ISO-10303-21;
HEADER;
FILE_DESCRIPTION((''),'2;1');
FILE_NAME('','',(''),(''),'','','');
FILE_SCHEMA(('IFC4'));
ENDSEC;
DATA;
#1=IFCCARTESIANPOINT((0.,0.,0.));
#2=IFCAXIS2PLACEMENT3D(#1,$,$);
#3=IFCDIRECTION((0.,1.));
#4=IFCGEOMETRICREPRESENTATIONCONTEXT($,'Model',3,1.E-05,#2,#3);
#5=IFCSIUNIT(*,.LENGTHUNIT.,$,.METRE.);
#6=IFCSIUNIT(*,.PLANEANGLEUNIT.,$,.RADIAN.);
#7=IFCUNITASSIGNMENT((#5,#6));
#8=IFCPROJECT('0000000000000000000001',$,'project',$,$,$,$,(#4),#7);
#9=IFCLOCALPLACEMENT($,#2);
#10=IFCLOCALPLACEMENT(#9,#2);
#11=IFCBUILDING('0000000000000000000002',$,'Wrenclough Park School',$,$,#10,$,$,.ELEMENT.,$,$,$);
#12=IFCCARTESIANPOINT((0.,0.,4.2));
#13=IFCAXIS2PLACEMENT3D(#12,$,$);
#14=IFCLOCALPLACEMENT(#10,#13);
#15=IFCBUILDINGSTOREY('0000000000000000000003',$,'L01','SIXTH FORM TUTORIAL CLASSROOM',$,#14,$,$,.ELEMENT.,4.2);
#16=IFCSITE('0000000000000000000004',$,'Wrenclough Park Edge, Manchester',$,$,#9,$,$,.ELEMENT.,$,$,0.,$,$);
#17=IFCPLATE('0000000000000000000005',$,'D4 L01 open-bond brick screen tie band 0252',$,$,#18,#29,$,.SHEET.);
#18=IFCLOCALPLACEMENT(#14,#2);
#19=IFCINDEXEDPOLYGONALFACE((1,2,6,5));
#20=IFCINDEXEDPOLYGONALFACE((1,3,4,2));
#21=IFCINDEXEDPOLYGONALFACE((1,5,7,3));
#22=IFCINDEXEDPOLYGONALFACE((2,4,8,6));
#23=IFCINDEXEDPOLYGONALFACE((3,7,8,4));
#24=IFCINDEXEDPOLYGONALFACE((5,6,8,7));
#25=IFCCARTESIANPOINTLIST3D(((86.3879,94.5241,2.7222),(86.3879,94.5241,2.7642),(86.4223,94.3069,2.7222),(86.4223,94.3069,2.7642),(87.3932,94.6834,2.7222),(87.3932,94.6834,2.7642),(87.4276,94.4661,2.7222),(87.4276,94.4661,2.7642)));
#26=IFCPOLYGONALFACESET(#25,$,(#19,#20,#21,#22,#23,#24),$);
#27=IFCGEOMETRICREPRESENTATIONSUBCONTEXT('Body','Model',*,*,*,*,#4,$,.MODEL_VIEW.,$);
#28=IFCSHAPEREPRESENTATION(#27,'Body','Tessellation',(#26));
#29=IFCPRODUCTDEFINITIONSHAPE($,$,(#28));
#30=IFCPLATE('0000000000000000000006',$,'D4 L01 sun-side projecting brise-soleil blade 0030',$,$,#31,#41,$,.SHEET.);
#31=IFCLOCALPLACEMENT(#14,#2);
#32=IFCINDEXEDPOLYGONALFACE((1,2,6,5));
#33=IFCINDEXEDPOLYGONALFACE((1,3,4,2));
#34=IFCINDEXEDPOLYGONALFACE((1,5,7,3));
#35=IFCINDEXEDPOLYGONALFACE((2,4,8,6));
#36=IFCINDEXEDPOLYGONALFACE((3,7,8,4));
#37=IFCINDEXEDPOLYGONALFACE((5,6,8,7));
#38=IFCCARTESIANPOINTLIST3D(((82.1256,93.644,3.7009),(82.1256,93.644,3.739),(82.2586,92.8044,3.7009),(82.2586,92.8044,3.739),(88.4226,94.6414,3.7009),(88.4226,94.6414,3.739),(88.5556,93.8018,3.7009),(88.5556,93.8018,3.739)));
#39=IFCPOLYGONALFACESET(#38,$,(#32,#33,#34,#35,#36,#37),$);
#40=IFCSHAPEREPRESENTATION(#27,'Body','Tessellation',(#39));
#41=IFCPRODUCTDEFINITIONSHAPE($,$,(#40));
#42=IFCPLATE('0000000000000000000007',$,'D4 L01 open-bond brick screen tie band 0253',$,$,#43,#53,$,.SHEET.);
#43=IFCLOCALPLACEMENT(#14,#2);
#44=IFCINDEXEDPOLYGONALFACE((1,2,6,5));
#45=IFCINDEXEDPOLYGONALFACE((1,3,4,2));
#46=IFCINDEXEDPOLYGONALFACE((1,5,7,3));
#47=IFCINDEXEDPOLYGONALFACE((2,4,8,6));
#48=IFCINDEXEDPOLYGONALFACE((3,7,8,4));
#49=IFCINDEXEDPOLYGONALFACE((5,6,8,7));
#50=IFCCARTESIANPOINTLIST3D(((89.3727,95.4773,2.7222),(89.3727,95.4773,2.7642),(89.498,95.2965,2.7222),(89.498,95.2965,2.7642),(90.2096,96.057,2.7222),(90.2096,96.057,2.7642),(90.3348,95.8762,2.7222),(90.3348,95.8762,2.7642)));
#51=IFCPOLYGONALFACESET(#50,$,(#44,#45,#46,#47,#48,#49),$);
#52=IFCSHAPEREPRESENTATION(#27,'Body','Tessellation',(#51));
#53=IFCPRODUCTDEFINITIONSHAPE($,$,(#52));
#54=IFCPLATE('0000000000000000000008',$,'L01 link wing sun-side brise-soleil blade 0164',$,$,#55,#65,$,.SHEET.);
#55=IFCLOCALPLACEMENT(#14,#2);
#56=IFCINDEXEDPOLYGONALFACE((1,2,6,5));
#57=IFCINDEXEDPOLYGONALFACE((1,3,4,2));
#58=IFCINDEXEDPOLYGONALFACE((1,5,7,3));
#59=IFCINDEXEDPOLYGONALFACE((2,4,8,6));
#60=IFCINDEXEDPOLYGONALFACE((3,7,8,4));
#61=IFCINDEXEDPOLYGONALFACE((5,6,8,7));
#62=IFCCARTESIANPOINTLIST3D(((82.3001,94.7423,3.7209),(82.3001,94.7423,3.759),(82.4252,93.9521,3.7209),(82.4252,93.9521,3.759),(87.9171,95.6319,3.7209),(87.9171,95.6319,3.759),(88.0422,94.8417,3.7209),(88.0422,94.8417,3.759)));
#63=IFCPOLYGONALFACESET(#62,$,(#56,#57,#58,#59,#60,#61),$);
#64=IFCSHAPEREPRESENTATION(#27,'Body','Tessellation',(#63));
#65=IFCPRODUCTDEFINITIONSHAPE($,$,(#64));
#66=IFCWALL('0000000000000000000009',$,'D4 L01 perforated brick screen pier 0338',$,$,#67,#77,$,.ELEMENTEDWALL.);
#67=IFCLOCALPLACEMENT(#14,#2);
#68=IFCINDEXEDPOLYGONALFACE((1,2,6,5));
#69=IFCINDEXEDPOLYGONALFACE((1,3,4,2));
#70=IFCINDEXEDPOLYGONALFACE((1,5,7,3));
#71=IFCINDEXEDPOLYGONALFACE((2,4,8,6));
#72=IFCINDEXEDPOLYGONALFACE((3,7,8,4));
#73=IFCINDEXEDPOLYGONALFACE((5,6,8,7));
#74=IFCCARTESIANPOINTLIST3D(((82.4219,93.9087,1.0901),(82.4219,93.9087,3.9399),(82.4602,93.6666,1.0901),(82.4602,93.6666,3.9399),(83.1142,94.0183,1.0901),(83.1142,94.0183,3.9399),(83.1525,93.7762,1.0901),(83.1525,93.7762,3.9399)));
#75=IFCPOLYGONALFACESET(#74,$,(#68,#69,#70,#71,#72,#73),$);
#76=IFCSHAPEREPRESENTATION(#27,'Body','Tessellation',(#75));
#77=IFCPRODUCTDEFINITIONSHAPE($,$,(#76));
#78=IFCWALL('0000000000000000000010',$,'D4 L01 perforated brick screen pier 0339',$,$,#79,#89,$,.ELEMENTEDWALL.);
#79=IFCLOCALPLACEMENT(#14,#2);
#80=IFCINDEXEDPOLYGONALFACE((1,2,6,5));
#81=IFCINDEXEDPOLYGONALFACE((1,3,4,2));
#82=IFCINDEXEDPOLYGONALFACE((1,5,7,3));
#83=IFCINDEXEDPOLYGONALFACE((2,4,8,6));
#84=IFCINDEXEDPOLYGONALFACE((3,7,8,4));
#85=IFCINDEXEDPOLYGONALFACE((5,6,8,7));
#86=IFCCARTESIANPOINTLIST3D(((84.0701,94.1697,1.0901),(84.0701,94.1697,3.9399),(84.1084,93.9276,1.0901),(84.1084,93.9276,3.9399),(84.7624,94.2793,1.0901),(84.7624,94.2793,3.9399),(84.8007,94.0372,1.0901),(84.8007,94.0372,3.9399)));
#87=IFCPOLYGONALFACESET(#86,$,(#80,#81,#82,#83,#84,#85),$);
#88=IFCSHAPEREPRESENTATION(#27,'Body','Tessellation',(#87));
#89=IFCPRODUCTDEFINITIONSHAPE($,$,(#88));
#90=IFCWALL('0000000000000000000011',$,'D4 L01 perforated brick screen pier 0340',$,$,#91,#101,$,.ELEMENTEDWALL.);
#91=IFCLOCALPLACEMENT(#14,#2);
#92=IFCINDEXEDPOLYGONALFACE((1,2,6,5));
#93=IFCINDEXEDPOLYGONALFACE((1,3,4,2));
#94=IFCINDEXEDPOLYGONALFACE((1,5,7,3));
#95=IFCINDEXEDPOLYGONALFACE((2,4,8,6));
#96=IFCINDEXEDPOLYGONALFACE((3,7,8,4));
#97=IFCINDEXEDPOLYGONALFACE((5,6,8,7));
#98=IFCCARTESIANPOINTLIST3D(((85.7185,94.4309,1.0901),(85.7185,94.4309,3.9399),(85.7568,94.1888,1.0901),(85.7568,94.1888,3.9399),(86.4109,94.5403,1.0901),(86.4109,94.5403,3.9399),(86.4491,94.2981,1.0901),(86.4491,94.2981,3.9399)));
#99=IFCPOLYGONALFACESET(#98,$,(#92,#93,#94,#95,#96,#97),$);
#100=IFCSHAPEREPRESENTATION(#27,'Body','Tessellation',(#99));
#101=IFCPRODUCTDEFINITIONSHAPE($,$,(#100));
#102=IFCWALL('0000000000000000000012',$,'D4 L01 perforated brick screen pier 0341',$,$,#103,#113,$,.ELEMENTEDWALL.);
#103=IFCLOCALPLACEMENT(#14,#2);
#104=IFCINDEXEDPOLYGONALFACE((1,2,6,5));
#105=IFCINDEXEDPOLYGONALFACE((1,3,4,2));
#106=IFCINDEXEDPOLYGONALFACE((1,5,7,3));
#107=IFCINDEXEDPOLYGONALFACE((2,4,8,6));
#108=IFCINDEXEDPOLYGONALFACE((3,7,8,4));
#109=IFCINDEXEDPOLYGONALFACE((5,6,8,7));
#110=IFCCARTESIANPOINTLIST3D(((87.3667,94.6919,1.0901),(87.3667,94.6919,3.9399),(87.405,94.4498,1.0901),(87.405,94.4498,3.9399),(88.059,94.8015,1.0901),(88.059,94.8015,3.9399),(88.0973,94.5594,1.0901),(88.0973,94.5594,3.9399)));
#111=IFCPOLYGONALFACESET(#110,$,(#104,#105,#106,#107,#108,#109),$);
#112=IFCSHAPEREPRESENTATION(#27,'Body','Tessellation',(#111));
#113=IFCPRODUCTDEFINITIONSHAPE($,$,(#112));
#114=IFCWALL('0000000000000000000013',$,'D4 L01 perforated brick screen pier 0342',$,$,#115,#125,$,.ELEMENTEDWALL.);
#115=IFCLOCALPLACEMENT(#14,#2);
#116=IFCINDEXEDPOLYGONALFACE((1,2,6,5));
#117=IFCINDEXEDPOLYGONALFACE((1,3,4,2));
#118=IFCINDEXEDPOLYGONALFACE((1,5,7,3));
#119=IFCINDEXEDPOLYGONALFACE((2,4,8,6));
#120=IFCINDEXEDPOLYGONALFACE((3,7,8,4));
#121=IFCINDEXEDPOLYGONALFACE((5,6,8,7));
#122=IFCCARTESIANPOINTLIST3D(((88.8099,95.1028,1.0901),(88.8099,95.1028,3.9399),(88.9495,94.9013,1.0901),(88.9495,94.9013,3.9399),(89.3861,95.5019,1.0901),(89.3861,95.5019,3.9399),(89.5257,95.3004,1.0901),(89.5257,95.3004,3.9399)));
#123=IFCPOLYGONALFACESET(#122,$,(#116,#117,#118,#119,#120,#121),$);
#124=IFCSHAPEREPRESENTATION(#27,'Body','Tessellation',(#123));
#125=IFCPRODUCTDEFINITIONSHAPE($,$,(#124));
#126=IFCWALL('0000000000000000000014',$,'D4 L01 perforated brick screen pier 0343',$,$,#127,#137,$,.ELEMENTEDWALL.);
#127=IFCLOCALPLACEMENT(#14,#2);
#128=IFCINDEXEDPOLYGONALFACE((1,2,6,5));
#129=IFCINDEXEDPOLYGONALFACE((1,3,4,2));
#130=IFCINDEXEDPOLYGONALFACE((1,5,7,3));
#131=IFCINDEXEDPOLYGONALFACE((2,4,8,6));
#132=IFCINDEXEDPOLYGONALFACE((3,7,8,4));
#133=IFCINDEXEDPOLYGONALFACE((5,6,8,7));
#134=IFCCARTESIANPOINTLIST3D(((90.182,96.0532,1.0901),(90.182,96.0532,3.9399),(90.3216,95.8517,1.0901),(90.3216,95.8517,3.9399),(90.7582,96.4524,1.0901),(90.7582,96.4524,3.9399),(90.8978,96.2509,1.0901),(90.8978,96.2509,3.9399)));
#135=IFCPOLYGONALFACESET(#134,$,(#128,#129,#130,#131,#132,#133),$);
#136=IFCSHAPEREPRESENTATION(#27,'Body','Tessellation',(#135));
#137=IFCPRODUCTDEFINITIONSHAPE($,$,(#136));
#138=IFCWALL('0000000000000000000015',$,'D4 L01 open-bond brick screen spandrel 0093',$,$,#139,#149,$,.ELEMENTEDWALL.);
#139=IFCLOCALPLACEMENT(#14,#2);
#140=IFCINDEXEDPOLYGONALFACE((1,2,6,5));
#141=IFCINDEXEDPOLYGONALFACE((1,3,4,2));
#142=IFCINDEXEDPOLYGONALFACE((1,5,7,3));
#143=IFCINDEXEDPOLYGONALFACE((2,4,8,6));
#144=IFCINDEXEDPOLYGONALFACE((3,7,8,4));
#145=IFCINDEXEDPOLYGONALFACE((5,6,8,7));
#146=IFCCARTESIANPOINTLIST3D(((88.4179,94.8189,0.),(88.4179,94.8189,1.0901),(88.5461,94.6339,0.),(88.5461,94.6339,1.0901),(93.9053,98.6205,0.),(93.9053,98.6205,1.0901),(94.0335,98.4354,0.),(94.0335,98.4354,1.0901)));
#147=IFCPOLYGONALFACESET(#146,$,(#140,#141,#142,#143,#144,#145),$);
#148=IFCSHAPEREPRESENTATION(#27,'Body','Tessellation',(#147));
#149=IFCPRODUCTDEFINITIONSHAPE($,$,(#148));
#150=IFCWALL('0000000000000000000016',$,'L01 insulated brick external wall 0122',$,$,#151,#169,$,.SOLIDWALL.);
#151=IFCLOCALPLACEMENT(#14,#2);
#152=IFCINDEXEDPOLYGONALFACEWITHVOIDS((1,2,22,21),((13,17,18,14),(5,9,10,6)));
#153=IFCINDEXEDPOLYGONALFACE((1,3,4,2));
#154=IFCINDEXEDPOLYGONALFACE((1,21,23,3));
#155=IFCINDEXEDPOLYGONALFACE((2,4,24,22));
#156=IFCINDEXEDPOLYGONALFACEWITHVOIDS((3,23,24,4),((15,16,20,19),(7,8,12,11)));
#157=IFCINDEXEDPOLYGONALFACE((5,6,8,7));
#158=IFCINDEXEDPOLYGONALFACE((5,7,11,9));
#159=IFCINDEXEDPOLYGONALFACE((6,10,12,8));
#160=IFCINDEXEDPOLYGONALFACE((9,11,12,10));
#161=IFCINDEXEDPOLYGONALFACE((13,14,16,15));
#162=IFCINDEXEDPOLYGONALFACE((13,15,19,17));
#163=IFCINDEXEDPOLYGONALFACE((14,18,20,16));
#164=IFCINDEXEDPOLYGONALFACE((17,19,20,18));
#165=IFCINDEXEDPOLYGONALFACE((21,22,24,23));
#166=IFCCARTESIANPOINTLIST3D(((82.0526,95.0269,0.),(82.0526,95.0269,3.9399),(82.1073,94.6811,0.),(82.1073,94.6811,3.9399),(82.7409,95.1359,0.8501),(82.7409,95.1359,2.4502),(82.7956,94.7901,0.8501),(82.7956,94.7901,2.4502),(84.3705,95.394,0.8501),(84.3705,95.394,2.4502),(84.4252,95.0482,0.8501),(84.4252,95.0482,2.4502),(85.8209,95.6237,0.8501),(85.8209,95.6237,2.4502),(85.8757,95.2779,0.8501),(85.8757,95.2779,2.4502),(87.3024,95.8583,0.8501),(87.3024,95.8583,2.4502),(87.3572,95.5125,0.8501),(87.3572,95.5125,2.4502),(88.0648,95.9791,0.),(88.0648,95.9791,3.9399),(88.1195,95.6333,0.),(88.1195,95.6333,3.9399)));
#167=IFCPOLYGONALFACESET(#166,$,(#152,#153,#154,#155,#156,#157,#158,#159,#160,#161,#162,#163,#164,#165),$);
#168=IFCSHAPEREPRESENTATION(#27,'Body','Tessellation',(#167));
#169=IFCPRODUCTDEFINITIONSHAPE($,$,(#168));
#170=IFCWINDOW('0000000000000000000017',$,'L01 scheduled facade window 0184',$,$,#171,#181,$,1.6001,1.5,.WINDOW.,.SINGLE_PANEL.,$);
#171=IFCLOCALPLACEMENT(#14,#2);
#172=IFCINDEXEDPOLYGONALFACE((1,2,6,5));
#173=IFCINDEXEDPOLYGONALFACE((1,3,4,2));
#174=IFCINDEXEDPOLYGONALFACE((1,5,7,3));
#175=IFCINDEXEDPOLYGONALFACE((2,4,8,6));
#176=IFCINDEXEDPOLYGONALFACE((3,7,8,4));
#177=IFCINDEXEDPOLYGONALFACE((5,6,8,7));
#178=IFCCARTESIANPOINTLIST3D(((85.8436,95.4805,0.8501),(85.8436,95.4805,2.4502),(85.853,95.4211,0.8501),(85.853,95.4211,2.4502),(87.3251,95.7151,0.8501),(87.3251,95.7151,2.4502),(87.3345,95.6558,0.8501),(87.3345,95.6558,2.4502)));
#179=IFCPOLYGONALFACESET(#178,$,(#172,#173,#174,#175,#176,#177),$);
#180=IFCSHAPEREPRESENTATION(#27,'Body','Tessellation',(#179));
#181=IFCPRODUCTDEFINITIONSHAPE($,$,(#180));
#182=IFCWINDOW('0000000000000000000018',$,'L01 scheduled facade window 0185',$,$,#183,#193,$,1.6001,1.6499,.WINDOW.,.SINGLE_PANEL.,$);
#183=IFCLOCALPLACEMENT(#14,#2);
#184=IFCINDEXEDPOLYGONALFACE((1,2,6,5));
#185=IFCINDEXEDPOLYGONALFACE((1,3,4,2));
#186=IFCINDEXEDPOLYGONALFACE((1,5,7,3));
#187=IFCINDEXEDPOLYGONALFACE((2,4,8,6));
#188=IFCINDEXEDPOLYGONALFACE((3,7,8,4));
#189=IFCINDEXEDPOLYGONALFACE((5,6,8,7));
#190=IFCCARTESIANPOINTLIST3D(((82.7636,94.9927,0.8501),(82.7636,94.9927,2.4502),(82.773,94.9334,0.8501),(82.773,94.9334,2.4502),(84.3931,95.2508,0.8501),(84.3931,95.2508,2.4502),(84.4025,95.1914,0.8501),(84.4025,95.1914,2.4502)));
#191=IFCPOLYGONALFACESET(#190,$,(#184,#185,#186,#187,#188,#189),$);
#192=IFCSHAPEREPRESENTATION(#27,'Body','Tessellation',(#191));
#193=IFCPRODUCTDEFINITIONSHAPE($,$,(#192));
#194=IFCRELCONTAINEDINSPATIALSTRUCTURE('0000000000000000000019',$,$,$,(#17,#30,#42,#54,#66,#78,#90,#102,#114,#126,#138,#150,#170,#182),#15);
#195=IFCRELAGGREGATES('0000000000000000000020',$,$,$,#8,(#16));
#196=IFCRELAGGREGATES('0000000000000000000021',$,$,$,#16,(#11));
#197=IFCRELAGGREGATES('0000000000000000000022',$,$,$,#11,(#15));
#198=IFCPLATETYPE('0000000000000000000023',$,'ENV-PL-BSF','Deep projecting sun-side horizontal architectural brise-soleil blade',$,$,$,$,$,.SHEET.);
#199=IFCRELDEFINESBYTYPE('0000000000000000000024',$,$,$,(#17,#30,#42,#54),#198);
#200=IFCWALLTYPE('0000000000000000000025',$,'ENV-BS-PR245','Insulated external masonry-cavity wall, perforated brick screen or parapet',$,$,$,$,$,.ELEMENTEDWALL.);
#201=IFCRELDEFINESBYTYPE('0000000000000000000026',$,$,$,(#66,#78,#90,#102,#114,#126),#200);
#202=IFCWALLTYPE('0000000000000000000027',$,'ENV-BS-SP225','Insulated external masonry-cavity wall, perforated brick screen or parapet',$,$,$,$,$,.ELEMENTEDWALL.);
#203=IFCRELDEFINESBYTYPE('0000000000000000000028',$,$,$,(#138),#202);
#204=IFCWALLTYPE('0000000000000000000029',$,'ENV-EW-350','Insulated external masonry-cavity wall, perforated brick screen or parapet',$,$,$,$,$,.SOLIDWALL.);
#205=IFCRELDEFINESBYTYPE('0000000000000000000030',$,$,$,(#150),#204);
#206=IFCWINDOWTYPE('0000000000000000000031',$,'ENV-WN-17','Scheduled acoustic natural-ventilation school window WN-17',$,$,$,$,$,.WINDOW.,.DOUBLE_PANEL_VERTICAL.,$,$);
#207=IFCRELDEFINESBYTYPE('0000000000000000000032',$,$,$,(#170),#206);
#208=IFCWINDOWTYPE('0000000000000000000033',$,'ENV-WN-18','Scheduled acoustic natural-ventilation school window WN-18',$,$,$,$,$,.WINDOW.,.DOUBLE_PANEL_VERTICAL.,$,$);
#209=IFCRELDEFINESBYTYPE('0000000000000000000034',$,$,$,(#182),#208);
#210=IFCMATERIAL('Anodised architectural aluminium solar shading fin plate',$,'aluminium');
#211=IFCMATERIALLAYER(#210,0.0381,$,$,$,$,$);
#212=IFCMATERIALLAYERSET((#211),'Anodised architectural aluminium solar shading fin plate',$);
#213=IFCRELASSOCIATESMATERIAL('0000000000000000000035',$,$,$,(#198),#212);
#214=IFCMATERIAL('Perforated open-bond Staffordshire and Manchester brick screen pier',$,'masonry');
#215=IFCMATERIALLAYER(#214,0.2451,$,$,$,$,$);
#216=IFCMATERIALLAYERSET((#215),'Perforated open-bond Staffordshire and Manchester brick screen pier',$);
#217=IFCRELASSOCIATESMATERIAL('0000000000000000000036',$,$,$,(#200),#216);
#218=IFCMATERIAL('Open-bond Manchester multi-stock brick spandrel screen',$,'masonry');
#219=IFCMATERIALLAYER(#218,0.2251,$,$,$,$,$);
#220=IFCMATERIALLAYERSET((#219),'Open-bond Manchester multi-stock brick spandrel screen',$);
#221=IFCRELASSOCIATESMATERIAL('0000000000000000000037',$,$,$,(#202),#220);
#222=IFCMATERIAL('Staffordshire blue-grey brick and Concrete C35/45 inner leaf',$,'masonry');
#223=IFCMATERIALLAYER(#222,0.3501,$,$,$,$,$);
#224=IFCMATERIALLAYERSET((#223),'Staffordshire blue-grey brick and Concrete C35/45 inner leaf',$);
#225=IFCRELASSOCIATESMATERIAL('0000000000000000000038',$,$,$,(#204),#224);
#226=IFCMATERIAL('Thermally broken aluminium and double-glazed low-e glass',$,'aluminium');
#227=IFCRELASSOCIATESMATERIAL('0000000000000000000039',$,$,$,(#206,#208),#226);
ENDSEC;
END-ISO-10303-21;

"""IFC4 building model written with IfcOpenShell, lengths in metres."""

from ifc_helpers import new_model, si_unit, direction, frame, frame_2d, origin, origin_2d, place, context, subcontext, project, spatial, rectangle, extrude, material, layer, layer_set, type_object, element, fill, save


model = new_model("IFC4")

# Units and contexts
model_context = context("Model", 3, precision=1e-05, world=origin(), true_north=direction((0.0, 1.0)))
body_context = subcontext(model_context, "Body", "Model", "MODEL_VIEW")
ifc_project = project(units=[si_unit("LENGTHUNIT", "METRE"), si_unit("PLANEANGLEUNIT", "RADIAN")], contexts=[model_context])

# Site, building, storey
site_placement = place(None, origin())
site = spatial("IfcSite", under=ifc_project, at=site_placement, Name="Wrenclough Park Edge, Manchester", CompositionType="ELEMENT", RefElevation=0.0)
building_placement = place(site_placement, origin())
building = spatial("IfcBuilding", under=site, at=building_placement, Name="Wrenclough Park School", CompositionType="ELEMENT")
storey_placement = place(building_placement, frame((0.0, 0.0, 4.2)))
storey = spatial("IfcBuildingStorey", under=building, at=storey_placement, Name="L01", Description="SIXTH FORM TUTORIAL CLASSROOM", CompositionType="ELEMENT", Elevation=4.2)

# Plates
ifc_material_1 = material(Name="Anodised architectural aluminium solar shading fin plate", Category="aluminium")
ifc_layer_1 = layer(ifc_material_1, 0.0381)
ifc_layer_set_1 = layer_set([ifc_layer_1], Name="Anodised architectural aluminium solar shading fin plate")
plate_type_1 = type_object("IfcPlateType", Name="ENV-PL-BSF", Description="Deep projecting sun-side horizontal architectural brise-soleil blade", PredefinedType="SHEET", material=ifc_layer_set_1)
for number, where, z_axis, x_axis, name in (
    (1, (86.9077, 94.4951, 2.7222), (0.0, 0.0, 1.0), (0.987688, 0.156436, 0.0), "D4 L01 open-bond brick screen tie band 0252"),
):
    element("IfcPlate", number, at=place(storey_placement, frame(where, z_axis=z_axis, x_axis=x_axis)), inside=storey, type_object=plate_type_1, Name=name, PredefinedType="SHEET", context=body_context, shape_type="SweptSolid", body=[
        extrude(rectangle(XDim=1.0178, YDim=0.22, at=origin_2d()), origin(), (0.0, 0.0, 1.0), 0.042),
    ])
plate_1_placement = place(storey_placement, frame((85.3406, 93.7229, 3.7009), z_axis=(0.0, 0.0, 1.0), x_axis=(0.987688, 0.156436, 0.0)))
element("IfcPlate", 2, at=plate_1_placement, inside=storey, type_object=plate_type_1, Name="D4 L01 sun-side projecting brise-soleil blade 0030", PredefinedType="SHEET", context=body_context, shape_type="SweptSolid", body=[
    extrude(rectangle(XDim=6.3755, YDim=0.8501, at=origin_2d()), origin(), (0.0, 0.0, 1.0), 0.0381),
])
plate_2_placement = place(storey_placement, frame((89.8538, 95.6768, 2.7222), z_axis=(0.0, 0.0, 1.0), x_axis=(0.822008, 0.569476, 0.0)))
element("IfcPlate", 3, at=plate_2_placement, inside=storey, type_object=plate_type_1, Name="D4 L01 open-bond brick screen tie band 0253", PredefinedType="SHEET", context=body_context, shape_type="SweptSolid", body=[
    extrude(rectangle(XDim=1.0181, YDim=0.22, at=origin_2d()), origin(), (0.0, 0.0, 1.0), 0.042),
])
plate_3_placement = place(storey_placement, frame((85.1711, 94.792, 3.7209), z_axis=(0.0, 0.0, 1.0), x_axis=(-0.987691, -0.156415, 0.0)))
element("IfcPlate", 4, at=plate_3_placement, inside=storey, type_object=plate_type_1, Name="L01 link wing sun-side brise-soleil blade 0164", PredefinedType="SHEET", context=body_context, shape_type="SweptSolid", body=[
    extrude(rectangle(XDim=5.687, YDim=0.8, at=origin_2d()), origin(), (0.0, 0.0, 1.0), 0.0381),
])

# Walls
ifc_material_2 = material(Name="Perforated open-bond Staffordshire and Manchester brick screen pier", Category="masonry")
ifc_layer_2 = layer(ifc_material_2, 0.2451)
ifc_layer_set_2 = layer_set([ifc_layer_2], Name="Perforated open-bond Staffordshire and Manchester brick screen pier")
wall_type_1 = type_object("IfcWallType", Name="ENV-BS-PR245", Description="Insulated external masonry-cavity wall, perforated brick screen or parapet", PredefinedType="ELEMENTEDWALL", material=ifc_layer_set_2)
for number, where, z_axis, x_axis, name in (
    (5, (82.4409, 93.7876, 1.0901), (0.0, 0.0, 1.0), (0.987698, 0.156374, 0.0), "D4 L01 perforated brick screen pier 0338"),
    (6, (84.0891, 94.0486, 1.0901), (0.0, 0.0, 1.0), (0.987698, 0.156374, 0.0), "D4 L01 perforated brick screen pier 0339"),
    (7, (85.7375, 94.3098, 1.0901), (0.0, 0.0, 1.0), (0.987752, 0.156034, 0.0), "D4 L01 perforated brick screen pier 0340"),
    (8, (87.3857, 94.5708, 1.0901), (0.0, 0.0, 1.0), (0.987698, 0.156374, 0.0), "D4 L01 perforated brick screen pier 0341"),
    (9, (88.8796, 95.002, 1.0901), (0.0, 0.0, 1.0), (0.822004, 0.569482, 0.0), "D4 L01 perforated brick screen pier 0342"),
    (10, (90.2517, 95.9524, 1.0901), (0.0, 0.0, 1.0), (0.822004, 0.569482, 0.0), "D4 L01 perforated brick screen pier 0343"),
):
    element("IfcWall", number, at=place(storey_placement, frame(where, z_axis=z_axis, x_axis=x_axis)), inside=storey, type_object=wall_type_1, Name=name, PredefinedType="ELEMENTEDWALL", context=body_context, shape_type="SweptSolid", body=[
        extrude(rectangle(XDim=0.7009, YDim=0.2451, at=frame_2d((0.3506, 0.0))), origin(), (0.0, 0.0, 1.0), 2.8499),
    ])
ifc_material_3 = material(Name="Open-bond Manchester multi-stock brick spandrel screen", Category="masonry")
ifc_layer_3 = layer(ifc_material_3, 0.2251)
ifc_layer_set_3 = layer_set([ifc_layer_3], Name="Open-bond Manchester multi-stock brick spandrel screen")
wall_type_2 = type_object("IfcWallType", Name="ENV-BS-SP225", Description="Insulated external masonry-cavity wall, perforated brick screen or parapet", PredefinedType="ELEMENTEDWALL", material=ifc_layer_set_3)
wall_1_placement = place(storey_placement, frame((88.4819, 94.7263, 0.0), z_axis=(0.0, 0.0, 1.0), x_axis=(0.822009, 0.569474, 0.0)))
element("IfcWall", 11, at=wall_1_placement, inside=storey, type_object=wall_type_2, Name="D4 L01 open-bond brick screen spandrel 0093", PredefinedType="ELEMENTEDWALL", context=body_context, shape_type="SweptSolid", body=[
    extrude(rectangle(XDim=6.6755, YDim=0.2251, at=frame_2d((3.3379, 0.0))), origin(), (0.0, 0.0, 1.0), 1.0901),
])

# Wall, openings, windows
ifc_material_4 = material(Name="Staffordshire blue-grey brick and Concrete C35/45 inner leaf", Category="masonry")
ifc_layer_4 = layer(ifc_material_4, 0.3501)
ifc_layer_set_4 = layer_set([ifc_layer_4], Name="Staffordshire blue-grey brick and Concrete C35/45 inner leaf")
wall_type_3 = type_object("IfcWallType", Name="ENV-EW-350", Description="Insulated external masonry-cavity wall, perforated brick screen or parapet", PredefinedType="SOLIDWALL", material=ifc_layer_set_4)
wall_2_placement = place(storey_placement, frame((88.092, 95.8062, 0.0), z_axis=(0.0, 0.0, 1.0), x_axis=(-0.987691, -0.15642, 0.0)))
wall_2 = element("IfcWall", 12, at=wall_2_placement, inside=storey, type_object=wall_type_3, Name="L01 insulated brick external wall 0122", PredefinedType="SOLIDWALL", context=body_context, shape_type="SweptSolid", body=[
    extrude(rectangle(XDim=6.0872, YDim=0.3501, at=frame_2d((3.0435, 0.0))), origin(), (0.0, 0.0, 1.0), 3.9399),
])
opening_1_placement = place(wall_2_placement, frame((0.7717, 0.0, 0.8501)))
opening_1 = element("IfcOpeningElement", 13, at=opening_1_placement, cuts=wall_2, PredefinedType="OPENING", context=body_context, shape_type="SweptSolid", body=[
    extrude(rectangle(XDim=1.5, YDim=1.6001, at=frame_2d((0.75, 0.8))), frame((0.0, 0.1851, 0.0), z_axis=(0.0, -1.0, 0.0), x_axis=(1.0, 0.0, 0.0)), (0.0, 0.0, 1.0), 0.3701),
])
opening_2_placement = place(wall_2_placement, frame((3.7402, 0.0, 0.8501)))
opening_2 = element("IfcOpeningElement", 14, at=opening_2_placement, cuts=wall_2, PredefinedType="OPENING", context=body_context, shape_type="SweptSolid", body=[
    extrude(rectangle(XDim=1.6499, YDim=1.6001, at=frame_2d((0.825, 0.8))), frame((0.0, 0.1851, 0.0), z_axis=(0.0, -1.0, 0.0), x_axis=(1.0, 0.0, 0.0)), (0.0, 0.0, 1.0), 0.3701),
])
ifc_material_5 = material(Name="Thermally broken aluminium and double-glazed low-e glass", Category="aluminium")
window_type_1 = type_object("IfcWindowType", Name="ENV-WN-17", Description="Scheduled acoustic natural-ventilation school window WN-17", PartitioningType="DOUBLE_PANEL_VERTICAL", PredefinedType="WINDOW", material=ifc_material_5)
window_1_placement = place(opening_1_placement, origin())
window_1 = element("IfcWindow", 15, at=window_1_placement, inside=storey, type_object=window_type_1, Name="L01 scheduled facade window 0184", OverallHeight=1.6001, OverallWidth=1.5, PartitioningType="SINGLE_PANEL", PredefinedType="WINDOW", context=body_context, shape_type="SweptSolid", body=[
    extrude(rectangle(XDim=1.5, YDim=1.6001, at=frame_2d((0.75, 0.8))), frame((0.0, 0.03, 0.0), z_axis=(0.0, -1.0, 0.0), x_axis=(1.0, 0.0, 0.0)), (0.0, 0.0, 1.0), 0.0601),
])
fill(opening_1, window_1)
window_type_2 = type_object("IfcWindowType", Name="ENV-WN-18", Description="Scheduled acoustic natural-ventilation school window WN-18", PartitioningType="DOUBLE_PANEL_VERTICAL", PredefinedType="WINDOW", material=ifc_material_5)
window_2_placement = place(opening_2_placement, origin())
window_2 = element("IfcWindow", 16, at=window_2_placement, inside=storey, type_object=window_type_2, Name="L01 scheduled facade window 0185", OverallHeight=1.6001, OverallWidth=1.6499, PartitioningType="SINGLE_PANEL", PredefinedType="WINDOW", context=body_context, shape_type="SweptSolid", body=[
    extrude(rectangle(XDim=1.6499, YDim=1.6001, at=frame_2d((0.825, 0.8))), frame((0.0, 0.03, 0.0), z_axis=(0.0, -1.0, 0.0), x_axis=(1.0, 0.0, 0.0)), (0.0, 0.0, 1.0), 0.0601),
])
fill(opening_2, window_2)

save(model, "model.ifc")
